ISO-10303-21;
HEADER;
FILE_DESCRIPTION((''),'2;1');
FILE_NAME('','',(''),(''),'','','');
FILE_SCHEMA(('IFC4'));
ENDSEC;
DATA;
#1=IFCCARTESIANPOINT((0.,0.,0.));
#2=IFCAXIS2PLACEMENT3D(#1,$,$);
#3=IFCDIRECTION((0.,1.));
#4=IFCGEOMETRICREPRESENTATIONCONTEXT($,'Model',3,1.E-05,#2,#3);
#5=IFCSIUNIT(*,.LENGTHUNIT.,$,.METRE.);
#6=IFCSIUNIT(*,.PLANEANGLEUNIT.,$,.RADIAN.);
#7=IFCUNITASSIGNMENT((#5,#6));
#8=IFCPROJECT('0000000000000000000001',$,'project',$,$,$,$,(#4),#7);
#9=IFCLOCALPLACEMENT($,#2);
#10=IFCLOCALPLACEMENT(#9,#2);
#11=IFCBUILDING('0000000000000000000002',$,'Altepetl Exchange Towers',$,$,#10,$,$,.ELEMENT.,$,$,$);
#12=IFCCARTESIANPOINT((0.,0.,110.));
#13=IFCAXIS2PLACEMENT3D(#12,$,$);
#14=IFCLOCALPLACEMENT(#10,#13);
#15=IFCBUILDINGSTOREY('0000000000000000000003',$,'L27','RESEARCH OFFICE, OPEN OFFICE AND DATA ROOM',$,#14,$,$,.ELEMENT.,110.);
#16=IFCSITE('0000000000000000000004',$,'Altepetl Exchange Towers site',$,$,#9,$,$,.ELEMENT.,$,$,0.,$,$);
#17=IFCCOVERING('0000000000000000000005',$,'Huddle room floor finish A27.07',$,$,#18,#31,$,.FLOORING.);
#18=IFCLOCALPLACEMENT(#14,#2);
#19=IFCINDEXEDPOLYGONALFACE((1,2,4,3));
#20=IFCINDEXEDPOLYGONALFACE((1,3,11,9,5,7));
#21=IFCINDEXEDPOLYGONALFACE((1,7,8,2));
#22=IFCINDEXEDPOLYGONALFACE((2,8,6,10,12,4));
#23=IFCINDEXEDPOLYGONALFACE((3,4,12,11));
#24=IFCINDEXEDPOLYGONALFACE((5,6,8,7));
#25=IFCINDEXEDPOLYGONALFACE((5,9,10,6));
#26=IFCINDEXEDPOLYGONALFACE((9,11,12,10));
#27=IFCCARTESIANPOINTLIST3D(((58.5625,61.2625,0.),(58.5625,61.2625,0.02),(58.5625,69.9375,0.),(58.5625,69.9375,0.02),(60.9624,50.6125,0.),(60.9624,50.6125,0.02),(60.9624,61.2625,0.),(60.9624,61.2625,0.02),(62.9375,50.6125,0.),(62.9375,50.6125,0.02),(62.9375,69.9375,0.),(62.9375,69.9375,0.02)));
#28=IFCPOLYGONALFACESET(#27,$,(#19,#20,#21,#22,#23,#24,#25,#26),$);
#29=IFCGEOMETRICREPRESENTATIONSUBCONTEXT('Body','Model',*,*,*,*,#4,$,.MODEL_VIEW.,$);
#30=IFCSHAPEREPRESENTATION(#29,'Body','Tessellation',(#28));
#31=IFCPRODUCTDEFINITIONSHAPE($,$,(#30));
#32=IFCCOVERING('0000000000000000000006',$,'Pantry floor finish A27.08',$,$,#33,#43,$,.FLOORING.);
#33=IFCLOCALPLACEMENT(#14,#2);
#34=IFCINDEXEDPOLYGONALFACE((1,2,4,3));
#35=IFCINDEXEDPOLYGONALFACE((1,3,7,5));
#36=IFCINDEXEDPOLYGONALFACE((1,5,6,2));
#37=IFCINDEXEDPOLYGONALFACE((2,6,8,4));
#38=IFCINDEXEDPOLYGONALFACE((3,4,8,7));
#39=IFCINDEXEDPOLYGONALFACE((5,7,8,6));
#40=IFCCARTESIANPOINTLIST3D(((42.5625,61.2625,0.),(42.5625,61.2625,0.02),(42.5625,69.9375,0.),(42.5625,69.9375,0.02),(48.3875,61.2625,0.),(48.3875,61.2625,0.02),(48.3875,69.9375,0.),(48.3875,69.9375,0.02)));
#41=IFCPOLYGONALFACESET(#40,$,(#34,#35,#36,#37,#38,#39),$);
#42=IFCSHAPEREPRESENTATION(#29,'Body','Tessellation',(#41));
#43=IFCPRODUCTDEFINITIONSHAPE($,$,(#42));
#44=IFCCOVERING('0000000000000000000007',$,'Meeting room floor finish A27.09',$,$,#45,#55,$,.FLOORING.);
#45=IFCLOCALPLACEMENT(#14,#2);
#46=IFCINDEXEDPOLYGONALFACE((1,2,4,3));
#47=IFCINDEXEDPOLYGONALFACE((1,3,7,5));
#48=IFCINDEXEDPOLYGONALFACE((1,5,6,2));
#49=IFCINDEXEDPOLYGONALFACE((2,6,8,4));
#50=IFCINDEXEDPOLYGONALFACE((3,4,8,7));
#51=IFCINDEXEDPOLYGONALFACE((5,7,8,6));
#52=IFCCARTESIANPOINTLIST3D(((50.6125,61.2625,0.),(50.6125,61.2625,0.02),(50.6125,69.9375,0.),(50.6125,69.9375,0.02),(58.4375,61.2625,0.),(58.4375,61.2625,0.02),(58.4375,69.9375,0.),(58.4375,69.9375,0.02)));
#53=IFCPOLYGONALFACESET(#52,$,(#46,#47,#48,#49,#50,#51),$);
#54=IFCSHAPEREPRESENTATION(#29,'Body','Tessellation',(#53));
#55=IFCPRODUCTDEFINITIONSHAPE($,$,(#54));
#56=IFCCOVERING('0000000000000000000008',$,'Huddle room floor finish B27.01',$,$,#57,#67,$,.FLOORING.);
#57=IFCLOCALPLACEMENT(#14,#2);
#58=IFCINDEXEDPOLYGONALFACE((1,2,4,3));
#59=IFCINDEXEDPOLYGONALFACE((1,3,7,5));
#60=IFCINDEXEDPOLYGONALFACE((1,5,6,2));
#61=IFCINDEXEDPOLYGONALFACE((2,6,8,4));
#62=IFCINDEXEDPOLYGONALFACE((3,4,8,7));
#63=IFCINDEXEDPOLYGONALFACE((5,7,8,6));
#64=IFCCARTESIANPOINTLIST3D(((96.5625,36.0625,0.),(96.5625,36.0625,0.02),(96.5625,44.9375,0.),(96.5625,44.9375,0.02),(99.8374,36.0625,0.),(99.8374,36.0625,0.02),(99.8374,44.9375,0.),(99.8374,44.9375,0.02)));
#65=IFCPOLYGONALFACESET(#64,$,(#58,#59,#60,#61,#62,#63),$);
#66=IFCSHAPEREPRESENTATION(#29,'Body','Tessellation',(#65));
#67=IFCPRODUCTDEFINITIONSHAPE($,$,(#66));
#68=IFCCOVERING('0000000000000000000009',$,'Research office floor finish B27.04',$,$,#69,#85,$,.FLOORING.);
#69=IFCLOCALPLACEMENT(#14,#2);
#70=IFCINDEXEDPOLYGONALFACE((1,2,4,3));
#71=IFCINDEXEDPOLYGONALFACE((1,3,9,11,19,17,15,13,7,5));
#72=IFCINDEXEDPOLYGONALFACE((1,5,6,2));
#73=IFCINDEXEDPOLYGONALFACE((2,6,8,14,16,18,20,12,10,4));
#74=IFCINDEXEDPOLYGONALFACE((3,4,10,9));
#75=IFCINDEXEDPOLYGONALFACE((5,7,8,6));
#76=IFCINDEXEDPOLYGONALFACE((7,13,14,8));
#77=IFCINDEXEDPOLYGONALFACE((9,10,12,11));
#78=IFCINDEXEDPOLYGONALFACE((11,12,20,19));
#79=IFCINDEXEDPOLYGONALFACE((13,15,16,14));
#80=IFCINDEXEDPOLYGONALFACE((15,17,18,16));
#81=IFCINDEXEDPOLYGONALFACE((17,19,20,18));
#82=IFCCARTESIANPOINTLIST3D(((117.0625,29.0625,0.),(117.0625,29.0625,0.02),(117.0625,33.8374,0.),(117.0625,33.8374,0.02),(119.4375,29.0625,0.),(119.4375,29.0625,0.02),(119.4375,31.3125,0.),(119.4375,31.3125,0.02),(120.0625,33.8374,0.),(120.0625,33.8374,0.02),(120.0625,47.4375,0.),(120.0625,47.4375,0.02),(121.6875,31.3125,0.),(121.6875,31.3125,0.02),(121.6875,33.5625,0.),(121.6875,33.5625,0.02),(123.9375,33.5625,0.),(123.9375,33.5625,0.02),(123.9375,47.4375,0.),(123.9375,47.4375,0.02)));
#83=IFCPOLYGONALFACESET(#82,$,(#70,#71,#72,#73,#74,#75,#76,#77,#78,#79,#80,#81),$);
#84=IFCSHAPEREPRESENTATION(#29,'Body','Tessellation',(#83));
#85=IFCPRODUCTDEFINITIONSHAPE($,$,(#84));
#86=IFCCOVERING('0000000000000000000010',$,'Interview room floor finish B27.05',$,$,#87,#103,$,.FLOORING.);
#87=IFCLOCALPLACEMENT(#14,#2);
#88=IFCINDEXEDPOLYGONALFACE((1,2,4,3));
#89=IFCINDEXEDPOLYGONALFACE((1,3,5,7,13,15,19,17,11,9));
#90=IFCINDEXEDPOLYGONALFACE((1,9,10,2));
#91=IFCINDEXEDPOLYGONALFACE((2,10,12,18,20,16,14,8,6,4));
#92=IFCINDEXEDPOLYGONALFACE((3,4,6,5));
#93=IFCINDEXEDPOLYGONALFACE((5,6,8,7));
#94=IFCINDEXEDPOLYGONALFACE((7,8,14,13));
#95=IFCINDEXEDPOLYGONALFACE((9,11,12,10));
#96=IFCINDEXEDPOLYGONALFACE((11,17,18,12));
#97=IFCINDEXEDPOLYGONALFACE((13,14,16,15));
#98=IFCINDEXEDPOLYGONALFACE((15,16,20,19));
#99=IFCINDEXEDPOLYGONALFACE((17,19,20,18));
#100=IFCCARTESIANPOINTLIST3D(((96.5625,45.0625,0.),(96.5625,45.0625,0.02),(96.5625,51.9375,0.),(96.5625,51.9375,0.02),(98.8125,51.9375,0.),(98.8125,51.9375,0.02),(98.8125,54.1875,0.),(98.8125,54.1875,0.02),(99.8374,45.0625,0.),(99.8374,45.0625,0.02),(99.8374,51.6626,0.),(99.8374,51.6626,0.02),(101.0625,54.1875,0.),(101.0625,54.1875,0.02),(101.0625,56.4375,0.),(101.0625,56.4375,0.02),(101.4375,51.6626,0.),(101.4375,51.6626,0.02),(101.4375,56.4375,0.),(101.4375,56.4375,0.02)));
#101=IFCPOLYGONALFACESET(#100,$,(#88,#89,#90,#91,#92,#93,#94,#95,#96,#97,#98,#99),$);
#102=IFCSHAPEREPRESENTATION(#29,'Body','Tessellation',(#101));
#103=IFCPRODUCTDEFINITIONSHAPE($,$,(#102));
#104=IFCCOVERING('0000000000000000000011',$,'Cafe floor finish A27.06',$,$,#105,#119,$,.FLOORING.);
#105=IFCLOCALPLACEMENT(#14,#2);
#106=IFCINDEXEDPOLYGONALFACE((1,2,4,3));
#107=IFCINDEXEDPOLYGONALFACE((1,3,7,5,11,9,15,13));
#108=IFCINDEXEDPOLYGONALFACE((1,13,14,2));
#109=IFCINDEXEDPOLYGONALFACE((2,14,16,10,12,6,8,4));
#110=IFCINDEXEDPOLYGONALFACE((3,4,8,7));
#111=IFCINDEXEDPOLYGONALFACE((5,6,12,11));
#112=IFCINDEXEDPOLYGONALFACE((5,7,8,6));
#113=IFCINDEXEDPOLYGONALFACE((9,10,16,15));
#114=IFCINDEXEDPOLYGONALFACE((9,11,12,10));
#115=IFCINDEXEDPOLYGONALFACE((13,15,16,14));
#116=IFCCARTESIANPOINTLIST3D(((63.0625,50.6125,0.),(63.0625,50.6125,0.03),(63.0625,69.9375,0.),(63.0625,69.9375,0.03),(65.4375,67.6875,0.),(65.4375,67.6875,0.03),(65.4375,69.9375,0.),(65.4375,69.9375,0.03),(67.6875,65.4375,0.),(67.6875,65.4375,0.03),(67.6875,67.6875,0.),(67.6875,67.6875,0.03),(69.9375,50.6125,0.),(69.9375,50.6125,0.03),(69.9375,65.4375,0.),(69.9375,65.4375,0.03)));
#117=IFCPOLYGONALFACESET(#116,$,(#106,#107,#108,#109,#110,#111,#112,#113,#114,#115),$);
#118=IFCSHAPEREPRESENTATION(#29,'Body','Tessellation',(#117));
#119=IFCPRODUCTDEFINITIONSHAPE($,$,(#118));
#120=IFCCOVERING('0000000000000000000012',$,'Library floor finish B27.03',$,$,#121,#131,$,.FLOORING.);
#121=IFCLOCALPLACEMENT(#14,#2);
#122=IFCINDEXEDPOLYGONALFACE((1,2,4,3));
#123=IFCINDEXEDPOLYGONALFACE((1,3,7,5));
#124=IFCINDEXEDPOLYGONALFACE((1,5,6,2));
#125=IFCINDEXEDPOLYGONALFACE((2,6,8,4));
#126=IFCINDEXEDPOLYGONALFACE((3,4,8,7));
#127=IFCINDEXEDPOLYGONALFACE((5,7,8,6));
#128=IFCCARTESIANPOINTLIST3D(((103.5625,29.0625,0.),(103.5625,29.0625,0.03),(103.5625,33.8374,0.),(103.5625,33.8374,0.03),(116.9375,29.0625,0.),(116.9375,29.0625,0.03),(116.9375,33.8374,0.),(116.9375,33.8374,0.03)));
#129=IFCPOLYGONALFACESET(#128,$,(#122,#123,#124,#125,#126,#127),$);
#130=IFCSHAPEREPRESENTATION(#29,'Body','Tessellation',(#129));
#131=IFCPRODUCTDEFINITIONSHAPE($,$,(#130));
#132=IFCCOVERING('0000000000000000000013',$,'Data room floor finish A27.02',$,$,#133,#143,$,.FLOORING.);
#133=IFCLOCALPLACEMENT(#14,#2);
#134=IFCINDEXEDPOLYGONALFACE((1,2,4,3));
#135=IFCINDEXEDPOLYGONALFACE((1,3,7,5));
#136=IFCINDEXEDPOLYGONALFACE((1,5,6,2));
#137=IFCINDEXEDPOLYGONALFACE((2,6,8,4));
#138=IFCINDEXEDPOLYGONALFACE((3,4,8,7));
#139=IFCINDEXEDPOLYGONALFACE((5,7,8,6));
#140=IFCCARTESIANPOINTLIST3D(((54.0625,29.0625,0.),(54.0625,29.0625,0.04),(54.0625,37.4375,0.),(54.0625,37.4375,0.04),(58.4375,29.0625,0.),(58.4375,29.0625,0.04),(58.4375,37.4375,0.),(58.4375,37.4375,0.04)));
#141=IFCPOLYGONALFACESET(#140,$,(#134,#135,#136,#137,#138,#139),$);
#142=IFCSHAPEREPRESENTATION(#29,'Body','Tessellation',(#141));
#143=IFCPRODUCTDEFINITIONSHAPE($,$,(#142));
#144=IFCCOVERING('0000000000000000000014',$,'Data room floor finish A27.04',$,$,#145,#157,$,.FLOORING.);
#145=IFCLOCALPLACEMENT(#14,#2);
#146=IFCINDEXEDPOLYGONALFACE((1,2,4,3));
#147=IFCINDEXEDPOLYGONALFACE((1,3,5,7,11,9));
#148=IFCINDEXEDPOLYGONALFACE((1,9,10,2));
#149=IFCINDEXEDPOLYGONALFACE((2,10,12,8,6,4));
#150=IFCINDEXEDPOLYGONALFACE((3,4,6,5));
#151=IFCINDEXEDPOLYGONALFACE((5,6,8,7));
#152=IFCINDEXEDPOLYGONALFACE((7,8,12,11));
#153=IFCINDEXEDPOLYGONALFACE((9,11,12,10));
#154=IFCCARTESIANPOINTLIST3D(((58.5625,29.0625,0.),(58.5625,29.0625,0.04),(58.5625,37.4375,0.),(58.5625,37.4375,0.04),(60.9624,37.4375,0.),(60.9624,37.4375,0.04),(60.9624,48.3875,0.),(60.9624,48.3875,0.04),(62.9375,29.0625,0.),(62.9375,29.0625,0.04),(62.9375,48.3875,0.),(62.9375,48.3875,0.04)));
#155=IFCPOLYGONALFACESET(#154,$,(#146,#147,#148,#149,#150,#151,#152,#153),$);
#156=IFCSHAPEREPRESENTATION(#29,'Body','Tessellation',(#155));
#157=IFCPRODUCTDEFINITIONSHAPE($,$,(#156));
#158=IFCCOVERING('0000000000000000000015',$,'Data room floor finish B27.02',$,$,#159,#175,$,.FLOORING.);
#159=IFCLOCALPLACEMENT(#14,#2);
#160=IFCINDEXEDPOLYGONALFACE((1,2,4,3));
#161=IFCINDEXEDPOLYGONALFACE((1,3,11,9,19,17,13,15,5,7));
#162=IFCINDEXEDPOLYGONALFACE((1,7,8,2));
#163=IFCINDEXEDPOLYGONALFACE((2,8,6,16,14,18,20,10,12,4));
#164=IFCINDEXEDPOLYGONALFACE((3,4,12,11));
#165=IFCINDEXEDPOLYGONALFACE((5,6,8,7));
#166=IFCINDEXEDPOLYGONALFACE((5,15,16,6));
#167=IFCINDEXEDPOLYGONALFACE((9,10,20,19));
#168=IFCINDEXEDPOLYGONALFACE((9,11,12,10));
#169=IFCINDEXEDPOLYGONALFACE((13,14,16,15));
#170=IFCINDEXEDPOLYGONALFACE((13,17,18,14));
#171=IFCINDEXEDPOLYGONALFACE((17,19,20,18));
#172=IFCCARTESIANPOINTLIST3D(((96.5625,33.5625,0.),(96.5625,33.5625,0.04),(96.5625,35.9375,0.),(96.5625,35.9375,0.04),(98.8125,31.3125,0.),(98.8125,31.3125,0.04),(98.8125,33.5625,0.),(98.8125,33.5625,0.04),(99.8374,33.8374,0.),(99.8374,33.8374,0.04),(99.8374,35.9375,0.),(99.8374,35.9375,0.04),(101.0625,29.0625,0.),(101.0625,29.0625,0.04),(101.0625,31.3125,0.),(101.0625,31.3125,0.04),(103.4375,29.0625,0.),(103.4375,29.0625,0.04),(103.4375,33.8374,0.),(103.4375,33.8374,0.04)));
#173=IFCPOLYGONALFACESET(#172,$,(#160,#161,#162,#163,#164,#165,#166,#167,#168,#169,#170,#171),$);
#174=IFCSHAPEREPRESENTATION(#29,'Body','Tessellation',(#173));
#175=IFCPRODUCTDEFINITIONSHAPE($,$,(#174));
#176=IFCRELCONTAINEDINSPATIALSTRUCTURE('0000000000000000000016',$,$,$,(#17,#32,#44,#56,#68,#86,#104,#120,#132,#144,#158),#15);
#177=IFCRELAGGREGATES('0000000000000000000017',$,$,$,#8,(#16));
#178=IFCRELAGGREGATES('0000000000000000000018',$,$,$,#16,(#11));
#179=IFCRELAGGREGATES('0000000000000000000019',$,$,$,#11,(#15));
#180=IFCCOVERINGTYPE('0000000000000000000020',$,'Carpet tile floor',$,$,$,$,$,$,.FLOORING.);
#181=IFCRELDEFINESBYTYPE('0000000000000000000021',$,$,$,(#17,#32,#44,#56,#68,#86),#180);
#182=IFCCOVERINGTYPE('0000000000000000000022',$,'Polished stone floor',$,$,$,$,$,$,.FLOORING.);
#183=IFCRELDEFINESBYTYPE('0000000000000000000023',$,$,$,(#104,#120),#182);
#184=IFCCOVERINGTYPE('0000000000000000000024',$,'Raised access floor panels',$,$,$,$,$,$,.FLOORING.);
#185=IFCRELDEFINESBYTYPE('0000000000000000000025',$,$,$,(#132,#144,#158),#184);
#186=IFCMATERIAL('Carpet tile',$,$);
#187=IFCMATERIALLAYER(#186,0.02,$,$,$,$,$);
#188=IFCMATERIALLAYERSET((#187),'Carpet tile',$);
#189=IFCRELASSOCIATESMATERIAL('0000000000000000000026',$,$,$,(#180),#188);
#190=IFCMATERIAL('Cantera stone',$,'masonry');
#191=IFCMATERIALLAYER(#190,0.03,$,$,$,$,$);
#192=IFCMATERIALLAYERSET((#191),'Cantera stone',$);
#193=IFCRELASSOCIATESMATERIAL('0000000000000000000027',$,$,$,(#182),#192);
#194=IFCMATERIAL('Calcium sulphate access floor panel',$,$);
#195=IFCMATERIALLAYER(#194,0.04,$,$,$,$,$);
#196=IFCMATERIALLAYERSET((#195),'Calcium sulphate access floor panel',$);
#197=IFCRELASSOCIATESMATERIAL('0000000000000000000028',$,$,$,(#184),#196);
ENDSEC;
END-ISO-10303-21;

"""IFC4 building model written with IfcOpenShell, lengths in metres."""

from ifc_helpers import new_model, si_unit, direction, frame, origin, place, context, subcontext, project, spatial, polyline, outline, extrude, material, layer, layer_set, type_object, element, save


model = new_model("IFC4")

# Units and contexts
model_context = context("Model", 3, precision=1e-05, world=origin(), true_north=direction((0.0, 1.0)))
body_context = subcontext(model_context, "Body", "Model", "MODEL_VIEW")
ifc_project = project(units=[si_unit("LENGTHUNIT", "METRE"), si_unit("PLANEANGLEUNIT", "RADIAN")], contexts=[model_context])

# Site, building, storey
site_placement = place(None, origin())
site = spatial("IfcSite", under=ifc_project, at=site_placement, Name="Altepetl Exchange Towers site", CompositionType="ELEMENT", RefElevation=0.0)
building_placement = place(site_placement, origin())
building = spatial("IfcBuilding", under=site, at=building_placement, Name="Altepetl Exchange Towers", CompositionType="ELEMENT")
storey_placement = place(building_placement, frame((0.0, 0.0, 110.0)))
storey = spatial("IfcBuildingStorey", under=building, at=storey_placement, Name="L27", Description="RESEARCH OFFICE, OPEN OFFICE AND DATA ROOM", CompositionType="ELEMENT", Elevation=110.0)

# Coverings
ifc_material_1 = material(Name="Carpet tile")
ifc_layer_1 = layer(ifc_material_1, 0.02)
ifc_layer_set_1 = layer_set([ifc_layer_1], Name="Carpet tile")
covering_type_1 = type_object("IfcCoveringType", Name="Carpet tile floor", PredefinedType="FLOORING", material=ifc_layer_set_1)
covering_1_placement = place(storey_placement, origin())
element("IfcCovering", 1, at=covering_1_placement, inside=storey, type_object=covering_type_1, Name="Huddle room floor finish A27.07", PredefinedType="FLOORING", context=body_context, shape_type="SweptSolid", body=[
    extrude(outline(polyline([(62.9375, 50.6125), (62.9375, 69.9375), (58.5625, 69.9375), (58.5625, 61.2625), (60.9624, 61.2625), (60.9624, 50.6125), (62.9375, 50.6125)])), origin(), (0.0, 0.0, 1.0), 0.02),
])
covering_2_placement = place(storey_placement, origin())
element("IfcCovering", 2, at=covering_2_placement, inside=storey, type_object=covering_type_1, Name="Pantry floor finish A27.08", PredefinedType="FLOORING", context=body_context, shape_type="SweptSolid", body=[
    extrude(outline(polyline([(42.5625, 61.2625), (48.3875, 61.2625), (48.3875, 69.9375), (42.5625, 69.9375), (42.5625, 61.2625)])), origin(), (0.0, 0.0, 1.0), 0.02),
])
covering_3_placement = place(storey_placement, origin())
element("IfcCovering", 3, at=covering_3_placement, inside=storey, type_object=covering_type_1, Name="Meeting room floor finish A27.09", PredefinedType="FLOORING", context=body_context, shape_type="SweptSolid", body=[
    extrude(outline(polyline([(58.4375, 61.2625), (58.4375, 69.9375), (50.6125, 69.9375), (50.6125, 61.2625), (58.4375, 61.2625)])), origin(), (0.0, 0.0, 1.0), 0.02),
])
covering_4_placement = place(storey_placement, origin())
element("IfcCovering", 4, at=covering_4_placement, inside=storey, type_object=covering_type_1, Name="Huddle room floor finish B27.01", PredefinedType="FLOORING", context=body_context, shape_type="SweptSolid", body=[
    extrude(outline(polyline([(99.8374, 44.9375), (96.5625, 44.9375), (96.5625, 36.0625), (99.8374, 36.0625), (99.8374, 44.9375)])), origin(), (0.0, 0.0, 1.0), 0.02),
])
covering_5_placement = place(storey_placement, origin())
element("IfcCovering", 5, at=covering_5_placement, inside=storey, type_object=covering_type_1, Name="Research office floor finish B27.04", PredefinedType="FLOORING", context=body_context, shape_type="SweptSolid", body=[
    extrude(outline(polyline([(117.0625, 33.8374), (117.0625, 29.0625), (119.4375, 29.0625), (119.4375, 31.3125), (121.6875, 31.3125), (121.6875, 33.5625), (123.9375, 33.5625), (123.9375, 47.4375), (120.0625, 47.4375), (120.0625, 33.8374), (117.0625, 33.8374)])), origin(), (0.0, 0.0, 1.0), 0.02),
])
covering_6_placement = place(storey_placement, origin())
element("IfcCovering", 6, at=covering_6_placement, inside=storey, type_object=covering_type_1, Name="Interview room floor finish B27.05", PredefinedType="FLOORING", context=body_context, shape_type="SweptSolid", body=[
    extrude(outline(polyline([(101.0625, 54.1875), (98.8125, 54.1875), (98.8125, 51.9375), (96.5625, 51.9375), (96.5625, 45.0625), (99.8374, 45.0625), (99.8374, 51.6626), (101.4375, 51.6626), (101.4375, 56.4375), (101.0625, 56.4375), (101.0625, 54.1875)])), origin(), (0.0, 0.0, 1.0), 0.02),
])
ifc_material_2 = material(Name="Cantera stone", Category="masonry")
ifc_layer_2 = layer(ifc_material_2, 0.03)
ifc_layer_set_2 = layer_set([ifc_layer_2], Name="Cantera stone")
covering_type_2 = type_object("IfcCoveringType", Name="Polished stone floor", PredefinedType="FLOORING", material=ifc_layer_set_2)
covering_7_placement = place(storey_placement, origin())
element("IfcCovering", 7, at=covering_7_placement, inside=storey, type_object=covering_type_2, Name="Cafe floor finish A27.06", PredefinedType="FLOORING", context=body_context, shape_type="SweptSolid", body=[
    extrude(outline(polyline([(67.6875, 67.6875), (65.4375, 67.6875), (65.4375, 69.9375), (63.0625, 69.9375), (63.0625, 50.6125), (69.9375, 50.6125), (69.9375, 65.4375), (67.6875, 65.4375), (67.6875, 67.6875)])), origin(), (0.0, 0.0, 1.0), 0.03),
])
covering_8_placement = place(storey_placement, origin())
element("IfcCovering", 8, at=covering_8_placement, inside=storey, type_object=covering_type_2, Name="Library floor finish B27.03", PredefinedType="FLOORING", context=body_context, shape_type="SweptSolid", body=[
    extrude(outline(polyline([(103.5625, 33.8374), (103.5625, 29.0625), (116.9375, 29.0625), (116.9375, 33.8374), (103.5625, 33.8374)])), origin(), (0.0, 0.0, 1.0), 0.03),
])
ifc_material_3 = material(Name="Calcium sulphate access floor panel")
ifc_layer_3 = layer(ifc_material_3, 0.04)
ifc_layer_set_3 = layer_set([ifc_layer_3], Name="Calcium sulphate access floor panel")
covering_type_3 = type_object("IfcCoveringType", Name="Raised access floor panels", PredefinedType="FLOORING", material=ifc_layer_set_3)
covering_9_placement = place(storey_placement, origin())
element("IfcCovering", 9, at=covering_9_placement, inside=storey, type_object=covering_type_3, Name="Data room floor finish A27.02", PredefinedType="FLOORING", context=body_context, shape_type="SweptSolid", body=[
    extrude(outline(polyline([(58.4375, 29.0625), (58.4375, 37.4375), (54.0625, 37.4375), (54.0625, 29.0625), (58.4375, 29.0625)])), origin(), (0.0, 0.0, 1.0), 0.04),
])
covering_10_placement = place(storey_placement, origin())
element("IfcCovering", 10, at=covering_10_placement, inside=storey, type_object=covering_type_3, Name="Data room floor finish A27.04", PredefinedType="FLOORING", context=body_context, shape_type="SweptSolid", body=[
    extrude(outline(polyline([(62.9375, 29.0625), (62.9375, 48.3875), (60.9624, 48.3875), (60.9624, 37.4375), (58.5625, 37.4375), (58.5625, 29.0625), (62.9375, 29.0625)])), origin(), (0.0, 0.0, 1.0), 0.04),
])
covering_11_placement = place(storey_placement, origin())
element("IfcCovering", 11, at=covering_11_placement, inside=storey, type_object=covering_type_3, Name="Data room floor finish B27.02", PredefinedType="FLOORING", context=body_context, shape_type="SweptSolid", body=[
    extrude(outline(polyline([(99.8374, 35.9375), (96.5625, 35.9375), (96.5625, 33.5625), (98.8125, 33.5625), (98.8125, 31.3125), (101.0625, 31.3125), (101.0625, 29.0625), (103.4375, 29.0625), (103.4375, 33.8374), (99.8374, 33.8374), (99.8374, 35.9375)])), origin(), (0.0, 0.0, 1.0), 0.04),
])

save(model, "model.ifc")
